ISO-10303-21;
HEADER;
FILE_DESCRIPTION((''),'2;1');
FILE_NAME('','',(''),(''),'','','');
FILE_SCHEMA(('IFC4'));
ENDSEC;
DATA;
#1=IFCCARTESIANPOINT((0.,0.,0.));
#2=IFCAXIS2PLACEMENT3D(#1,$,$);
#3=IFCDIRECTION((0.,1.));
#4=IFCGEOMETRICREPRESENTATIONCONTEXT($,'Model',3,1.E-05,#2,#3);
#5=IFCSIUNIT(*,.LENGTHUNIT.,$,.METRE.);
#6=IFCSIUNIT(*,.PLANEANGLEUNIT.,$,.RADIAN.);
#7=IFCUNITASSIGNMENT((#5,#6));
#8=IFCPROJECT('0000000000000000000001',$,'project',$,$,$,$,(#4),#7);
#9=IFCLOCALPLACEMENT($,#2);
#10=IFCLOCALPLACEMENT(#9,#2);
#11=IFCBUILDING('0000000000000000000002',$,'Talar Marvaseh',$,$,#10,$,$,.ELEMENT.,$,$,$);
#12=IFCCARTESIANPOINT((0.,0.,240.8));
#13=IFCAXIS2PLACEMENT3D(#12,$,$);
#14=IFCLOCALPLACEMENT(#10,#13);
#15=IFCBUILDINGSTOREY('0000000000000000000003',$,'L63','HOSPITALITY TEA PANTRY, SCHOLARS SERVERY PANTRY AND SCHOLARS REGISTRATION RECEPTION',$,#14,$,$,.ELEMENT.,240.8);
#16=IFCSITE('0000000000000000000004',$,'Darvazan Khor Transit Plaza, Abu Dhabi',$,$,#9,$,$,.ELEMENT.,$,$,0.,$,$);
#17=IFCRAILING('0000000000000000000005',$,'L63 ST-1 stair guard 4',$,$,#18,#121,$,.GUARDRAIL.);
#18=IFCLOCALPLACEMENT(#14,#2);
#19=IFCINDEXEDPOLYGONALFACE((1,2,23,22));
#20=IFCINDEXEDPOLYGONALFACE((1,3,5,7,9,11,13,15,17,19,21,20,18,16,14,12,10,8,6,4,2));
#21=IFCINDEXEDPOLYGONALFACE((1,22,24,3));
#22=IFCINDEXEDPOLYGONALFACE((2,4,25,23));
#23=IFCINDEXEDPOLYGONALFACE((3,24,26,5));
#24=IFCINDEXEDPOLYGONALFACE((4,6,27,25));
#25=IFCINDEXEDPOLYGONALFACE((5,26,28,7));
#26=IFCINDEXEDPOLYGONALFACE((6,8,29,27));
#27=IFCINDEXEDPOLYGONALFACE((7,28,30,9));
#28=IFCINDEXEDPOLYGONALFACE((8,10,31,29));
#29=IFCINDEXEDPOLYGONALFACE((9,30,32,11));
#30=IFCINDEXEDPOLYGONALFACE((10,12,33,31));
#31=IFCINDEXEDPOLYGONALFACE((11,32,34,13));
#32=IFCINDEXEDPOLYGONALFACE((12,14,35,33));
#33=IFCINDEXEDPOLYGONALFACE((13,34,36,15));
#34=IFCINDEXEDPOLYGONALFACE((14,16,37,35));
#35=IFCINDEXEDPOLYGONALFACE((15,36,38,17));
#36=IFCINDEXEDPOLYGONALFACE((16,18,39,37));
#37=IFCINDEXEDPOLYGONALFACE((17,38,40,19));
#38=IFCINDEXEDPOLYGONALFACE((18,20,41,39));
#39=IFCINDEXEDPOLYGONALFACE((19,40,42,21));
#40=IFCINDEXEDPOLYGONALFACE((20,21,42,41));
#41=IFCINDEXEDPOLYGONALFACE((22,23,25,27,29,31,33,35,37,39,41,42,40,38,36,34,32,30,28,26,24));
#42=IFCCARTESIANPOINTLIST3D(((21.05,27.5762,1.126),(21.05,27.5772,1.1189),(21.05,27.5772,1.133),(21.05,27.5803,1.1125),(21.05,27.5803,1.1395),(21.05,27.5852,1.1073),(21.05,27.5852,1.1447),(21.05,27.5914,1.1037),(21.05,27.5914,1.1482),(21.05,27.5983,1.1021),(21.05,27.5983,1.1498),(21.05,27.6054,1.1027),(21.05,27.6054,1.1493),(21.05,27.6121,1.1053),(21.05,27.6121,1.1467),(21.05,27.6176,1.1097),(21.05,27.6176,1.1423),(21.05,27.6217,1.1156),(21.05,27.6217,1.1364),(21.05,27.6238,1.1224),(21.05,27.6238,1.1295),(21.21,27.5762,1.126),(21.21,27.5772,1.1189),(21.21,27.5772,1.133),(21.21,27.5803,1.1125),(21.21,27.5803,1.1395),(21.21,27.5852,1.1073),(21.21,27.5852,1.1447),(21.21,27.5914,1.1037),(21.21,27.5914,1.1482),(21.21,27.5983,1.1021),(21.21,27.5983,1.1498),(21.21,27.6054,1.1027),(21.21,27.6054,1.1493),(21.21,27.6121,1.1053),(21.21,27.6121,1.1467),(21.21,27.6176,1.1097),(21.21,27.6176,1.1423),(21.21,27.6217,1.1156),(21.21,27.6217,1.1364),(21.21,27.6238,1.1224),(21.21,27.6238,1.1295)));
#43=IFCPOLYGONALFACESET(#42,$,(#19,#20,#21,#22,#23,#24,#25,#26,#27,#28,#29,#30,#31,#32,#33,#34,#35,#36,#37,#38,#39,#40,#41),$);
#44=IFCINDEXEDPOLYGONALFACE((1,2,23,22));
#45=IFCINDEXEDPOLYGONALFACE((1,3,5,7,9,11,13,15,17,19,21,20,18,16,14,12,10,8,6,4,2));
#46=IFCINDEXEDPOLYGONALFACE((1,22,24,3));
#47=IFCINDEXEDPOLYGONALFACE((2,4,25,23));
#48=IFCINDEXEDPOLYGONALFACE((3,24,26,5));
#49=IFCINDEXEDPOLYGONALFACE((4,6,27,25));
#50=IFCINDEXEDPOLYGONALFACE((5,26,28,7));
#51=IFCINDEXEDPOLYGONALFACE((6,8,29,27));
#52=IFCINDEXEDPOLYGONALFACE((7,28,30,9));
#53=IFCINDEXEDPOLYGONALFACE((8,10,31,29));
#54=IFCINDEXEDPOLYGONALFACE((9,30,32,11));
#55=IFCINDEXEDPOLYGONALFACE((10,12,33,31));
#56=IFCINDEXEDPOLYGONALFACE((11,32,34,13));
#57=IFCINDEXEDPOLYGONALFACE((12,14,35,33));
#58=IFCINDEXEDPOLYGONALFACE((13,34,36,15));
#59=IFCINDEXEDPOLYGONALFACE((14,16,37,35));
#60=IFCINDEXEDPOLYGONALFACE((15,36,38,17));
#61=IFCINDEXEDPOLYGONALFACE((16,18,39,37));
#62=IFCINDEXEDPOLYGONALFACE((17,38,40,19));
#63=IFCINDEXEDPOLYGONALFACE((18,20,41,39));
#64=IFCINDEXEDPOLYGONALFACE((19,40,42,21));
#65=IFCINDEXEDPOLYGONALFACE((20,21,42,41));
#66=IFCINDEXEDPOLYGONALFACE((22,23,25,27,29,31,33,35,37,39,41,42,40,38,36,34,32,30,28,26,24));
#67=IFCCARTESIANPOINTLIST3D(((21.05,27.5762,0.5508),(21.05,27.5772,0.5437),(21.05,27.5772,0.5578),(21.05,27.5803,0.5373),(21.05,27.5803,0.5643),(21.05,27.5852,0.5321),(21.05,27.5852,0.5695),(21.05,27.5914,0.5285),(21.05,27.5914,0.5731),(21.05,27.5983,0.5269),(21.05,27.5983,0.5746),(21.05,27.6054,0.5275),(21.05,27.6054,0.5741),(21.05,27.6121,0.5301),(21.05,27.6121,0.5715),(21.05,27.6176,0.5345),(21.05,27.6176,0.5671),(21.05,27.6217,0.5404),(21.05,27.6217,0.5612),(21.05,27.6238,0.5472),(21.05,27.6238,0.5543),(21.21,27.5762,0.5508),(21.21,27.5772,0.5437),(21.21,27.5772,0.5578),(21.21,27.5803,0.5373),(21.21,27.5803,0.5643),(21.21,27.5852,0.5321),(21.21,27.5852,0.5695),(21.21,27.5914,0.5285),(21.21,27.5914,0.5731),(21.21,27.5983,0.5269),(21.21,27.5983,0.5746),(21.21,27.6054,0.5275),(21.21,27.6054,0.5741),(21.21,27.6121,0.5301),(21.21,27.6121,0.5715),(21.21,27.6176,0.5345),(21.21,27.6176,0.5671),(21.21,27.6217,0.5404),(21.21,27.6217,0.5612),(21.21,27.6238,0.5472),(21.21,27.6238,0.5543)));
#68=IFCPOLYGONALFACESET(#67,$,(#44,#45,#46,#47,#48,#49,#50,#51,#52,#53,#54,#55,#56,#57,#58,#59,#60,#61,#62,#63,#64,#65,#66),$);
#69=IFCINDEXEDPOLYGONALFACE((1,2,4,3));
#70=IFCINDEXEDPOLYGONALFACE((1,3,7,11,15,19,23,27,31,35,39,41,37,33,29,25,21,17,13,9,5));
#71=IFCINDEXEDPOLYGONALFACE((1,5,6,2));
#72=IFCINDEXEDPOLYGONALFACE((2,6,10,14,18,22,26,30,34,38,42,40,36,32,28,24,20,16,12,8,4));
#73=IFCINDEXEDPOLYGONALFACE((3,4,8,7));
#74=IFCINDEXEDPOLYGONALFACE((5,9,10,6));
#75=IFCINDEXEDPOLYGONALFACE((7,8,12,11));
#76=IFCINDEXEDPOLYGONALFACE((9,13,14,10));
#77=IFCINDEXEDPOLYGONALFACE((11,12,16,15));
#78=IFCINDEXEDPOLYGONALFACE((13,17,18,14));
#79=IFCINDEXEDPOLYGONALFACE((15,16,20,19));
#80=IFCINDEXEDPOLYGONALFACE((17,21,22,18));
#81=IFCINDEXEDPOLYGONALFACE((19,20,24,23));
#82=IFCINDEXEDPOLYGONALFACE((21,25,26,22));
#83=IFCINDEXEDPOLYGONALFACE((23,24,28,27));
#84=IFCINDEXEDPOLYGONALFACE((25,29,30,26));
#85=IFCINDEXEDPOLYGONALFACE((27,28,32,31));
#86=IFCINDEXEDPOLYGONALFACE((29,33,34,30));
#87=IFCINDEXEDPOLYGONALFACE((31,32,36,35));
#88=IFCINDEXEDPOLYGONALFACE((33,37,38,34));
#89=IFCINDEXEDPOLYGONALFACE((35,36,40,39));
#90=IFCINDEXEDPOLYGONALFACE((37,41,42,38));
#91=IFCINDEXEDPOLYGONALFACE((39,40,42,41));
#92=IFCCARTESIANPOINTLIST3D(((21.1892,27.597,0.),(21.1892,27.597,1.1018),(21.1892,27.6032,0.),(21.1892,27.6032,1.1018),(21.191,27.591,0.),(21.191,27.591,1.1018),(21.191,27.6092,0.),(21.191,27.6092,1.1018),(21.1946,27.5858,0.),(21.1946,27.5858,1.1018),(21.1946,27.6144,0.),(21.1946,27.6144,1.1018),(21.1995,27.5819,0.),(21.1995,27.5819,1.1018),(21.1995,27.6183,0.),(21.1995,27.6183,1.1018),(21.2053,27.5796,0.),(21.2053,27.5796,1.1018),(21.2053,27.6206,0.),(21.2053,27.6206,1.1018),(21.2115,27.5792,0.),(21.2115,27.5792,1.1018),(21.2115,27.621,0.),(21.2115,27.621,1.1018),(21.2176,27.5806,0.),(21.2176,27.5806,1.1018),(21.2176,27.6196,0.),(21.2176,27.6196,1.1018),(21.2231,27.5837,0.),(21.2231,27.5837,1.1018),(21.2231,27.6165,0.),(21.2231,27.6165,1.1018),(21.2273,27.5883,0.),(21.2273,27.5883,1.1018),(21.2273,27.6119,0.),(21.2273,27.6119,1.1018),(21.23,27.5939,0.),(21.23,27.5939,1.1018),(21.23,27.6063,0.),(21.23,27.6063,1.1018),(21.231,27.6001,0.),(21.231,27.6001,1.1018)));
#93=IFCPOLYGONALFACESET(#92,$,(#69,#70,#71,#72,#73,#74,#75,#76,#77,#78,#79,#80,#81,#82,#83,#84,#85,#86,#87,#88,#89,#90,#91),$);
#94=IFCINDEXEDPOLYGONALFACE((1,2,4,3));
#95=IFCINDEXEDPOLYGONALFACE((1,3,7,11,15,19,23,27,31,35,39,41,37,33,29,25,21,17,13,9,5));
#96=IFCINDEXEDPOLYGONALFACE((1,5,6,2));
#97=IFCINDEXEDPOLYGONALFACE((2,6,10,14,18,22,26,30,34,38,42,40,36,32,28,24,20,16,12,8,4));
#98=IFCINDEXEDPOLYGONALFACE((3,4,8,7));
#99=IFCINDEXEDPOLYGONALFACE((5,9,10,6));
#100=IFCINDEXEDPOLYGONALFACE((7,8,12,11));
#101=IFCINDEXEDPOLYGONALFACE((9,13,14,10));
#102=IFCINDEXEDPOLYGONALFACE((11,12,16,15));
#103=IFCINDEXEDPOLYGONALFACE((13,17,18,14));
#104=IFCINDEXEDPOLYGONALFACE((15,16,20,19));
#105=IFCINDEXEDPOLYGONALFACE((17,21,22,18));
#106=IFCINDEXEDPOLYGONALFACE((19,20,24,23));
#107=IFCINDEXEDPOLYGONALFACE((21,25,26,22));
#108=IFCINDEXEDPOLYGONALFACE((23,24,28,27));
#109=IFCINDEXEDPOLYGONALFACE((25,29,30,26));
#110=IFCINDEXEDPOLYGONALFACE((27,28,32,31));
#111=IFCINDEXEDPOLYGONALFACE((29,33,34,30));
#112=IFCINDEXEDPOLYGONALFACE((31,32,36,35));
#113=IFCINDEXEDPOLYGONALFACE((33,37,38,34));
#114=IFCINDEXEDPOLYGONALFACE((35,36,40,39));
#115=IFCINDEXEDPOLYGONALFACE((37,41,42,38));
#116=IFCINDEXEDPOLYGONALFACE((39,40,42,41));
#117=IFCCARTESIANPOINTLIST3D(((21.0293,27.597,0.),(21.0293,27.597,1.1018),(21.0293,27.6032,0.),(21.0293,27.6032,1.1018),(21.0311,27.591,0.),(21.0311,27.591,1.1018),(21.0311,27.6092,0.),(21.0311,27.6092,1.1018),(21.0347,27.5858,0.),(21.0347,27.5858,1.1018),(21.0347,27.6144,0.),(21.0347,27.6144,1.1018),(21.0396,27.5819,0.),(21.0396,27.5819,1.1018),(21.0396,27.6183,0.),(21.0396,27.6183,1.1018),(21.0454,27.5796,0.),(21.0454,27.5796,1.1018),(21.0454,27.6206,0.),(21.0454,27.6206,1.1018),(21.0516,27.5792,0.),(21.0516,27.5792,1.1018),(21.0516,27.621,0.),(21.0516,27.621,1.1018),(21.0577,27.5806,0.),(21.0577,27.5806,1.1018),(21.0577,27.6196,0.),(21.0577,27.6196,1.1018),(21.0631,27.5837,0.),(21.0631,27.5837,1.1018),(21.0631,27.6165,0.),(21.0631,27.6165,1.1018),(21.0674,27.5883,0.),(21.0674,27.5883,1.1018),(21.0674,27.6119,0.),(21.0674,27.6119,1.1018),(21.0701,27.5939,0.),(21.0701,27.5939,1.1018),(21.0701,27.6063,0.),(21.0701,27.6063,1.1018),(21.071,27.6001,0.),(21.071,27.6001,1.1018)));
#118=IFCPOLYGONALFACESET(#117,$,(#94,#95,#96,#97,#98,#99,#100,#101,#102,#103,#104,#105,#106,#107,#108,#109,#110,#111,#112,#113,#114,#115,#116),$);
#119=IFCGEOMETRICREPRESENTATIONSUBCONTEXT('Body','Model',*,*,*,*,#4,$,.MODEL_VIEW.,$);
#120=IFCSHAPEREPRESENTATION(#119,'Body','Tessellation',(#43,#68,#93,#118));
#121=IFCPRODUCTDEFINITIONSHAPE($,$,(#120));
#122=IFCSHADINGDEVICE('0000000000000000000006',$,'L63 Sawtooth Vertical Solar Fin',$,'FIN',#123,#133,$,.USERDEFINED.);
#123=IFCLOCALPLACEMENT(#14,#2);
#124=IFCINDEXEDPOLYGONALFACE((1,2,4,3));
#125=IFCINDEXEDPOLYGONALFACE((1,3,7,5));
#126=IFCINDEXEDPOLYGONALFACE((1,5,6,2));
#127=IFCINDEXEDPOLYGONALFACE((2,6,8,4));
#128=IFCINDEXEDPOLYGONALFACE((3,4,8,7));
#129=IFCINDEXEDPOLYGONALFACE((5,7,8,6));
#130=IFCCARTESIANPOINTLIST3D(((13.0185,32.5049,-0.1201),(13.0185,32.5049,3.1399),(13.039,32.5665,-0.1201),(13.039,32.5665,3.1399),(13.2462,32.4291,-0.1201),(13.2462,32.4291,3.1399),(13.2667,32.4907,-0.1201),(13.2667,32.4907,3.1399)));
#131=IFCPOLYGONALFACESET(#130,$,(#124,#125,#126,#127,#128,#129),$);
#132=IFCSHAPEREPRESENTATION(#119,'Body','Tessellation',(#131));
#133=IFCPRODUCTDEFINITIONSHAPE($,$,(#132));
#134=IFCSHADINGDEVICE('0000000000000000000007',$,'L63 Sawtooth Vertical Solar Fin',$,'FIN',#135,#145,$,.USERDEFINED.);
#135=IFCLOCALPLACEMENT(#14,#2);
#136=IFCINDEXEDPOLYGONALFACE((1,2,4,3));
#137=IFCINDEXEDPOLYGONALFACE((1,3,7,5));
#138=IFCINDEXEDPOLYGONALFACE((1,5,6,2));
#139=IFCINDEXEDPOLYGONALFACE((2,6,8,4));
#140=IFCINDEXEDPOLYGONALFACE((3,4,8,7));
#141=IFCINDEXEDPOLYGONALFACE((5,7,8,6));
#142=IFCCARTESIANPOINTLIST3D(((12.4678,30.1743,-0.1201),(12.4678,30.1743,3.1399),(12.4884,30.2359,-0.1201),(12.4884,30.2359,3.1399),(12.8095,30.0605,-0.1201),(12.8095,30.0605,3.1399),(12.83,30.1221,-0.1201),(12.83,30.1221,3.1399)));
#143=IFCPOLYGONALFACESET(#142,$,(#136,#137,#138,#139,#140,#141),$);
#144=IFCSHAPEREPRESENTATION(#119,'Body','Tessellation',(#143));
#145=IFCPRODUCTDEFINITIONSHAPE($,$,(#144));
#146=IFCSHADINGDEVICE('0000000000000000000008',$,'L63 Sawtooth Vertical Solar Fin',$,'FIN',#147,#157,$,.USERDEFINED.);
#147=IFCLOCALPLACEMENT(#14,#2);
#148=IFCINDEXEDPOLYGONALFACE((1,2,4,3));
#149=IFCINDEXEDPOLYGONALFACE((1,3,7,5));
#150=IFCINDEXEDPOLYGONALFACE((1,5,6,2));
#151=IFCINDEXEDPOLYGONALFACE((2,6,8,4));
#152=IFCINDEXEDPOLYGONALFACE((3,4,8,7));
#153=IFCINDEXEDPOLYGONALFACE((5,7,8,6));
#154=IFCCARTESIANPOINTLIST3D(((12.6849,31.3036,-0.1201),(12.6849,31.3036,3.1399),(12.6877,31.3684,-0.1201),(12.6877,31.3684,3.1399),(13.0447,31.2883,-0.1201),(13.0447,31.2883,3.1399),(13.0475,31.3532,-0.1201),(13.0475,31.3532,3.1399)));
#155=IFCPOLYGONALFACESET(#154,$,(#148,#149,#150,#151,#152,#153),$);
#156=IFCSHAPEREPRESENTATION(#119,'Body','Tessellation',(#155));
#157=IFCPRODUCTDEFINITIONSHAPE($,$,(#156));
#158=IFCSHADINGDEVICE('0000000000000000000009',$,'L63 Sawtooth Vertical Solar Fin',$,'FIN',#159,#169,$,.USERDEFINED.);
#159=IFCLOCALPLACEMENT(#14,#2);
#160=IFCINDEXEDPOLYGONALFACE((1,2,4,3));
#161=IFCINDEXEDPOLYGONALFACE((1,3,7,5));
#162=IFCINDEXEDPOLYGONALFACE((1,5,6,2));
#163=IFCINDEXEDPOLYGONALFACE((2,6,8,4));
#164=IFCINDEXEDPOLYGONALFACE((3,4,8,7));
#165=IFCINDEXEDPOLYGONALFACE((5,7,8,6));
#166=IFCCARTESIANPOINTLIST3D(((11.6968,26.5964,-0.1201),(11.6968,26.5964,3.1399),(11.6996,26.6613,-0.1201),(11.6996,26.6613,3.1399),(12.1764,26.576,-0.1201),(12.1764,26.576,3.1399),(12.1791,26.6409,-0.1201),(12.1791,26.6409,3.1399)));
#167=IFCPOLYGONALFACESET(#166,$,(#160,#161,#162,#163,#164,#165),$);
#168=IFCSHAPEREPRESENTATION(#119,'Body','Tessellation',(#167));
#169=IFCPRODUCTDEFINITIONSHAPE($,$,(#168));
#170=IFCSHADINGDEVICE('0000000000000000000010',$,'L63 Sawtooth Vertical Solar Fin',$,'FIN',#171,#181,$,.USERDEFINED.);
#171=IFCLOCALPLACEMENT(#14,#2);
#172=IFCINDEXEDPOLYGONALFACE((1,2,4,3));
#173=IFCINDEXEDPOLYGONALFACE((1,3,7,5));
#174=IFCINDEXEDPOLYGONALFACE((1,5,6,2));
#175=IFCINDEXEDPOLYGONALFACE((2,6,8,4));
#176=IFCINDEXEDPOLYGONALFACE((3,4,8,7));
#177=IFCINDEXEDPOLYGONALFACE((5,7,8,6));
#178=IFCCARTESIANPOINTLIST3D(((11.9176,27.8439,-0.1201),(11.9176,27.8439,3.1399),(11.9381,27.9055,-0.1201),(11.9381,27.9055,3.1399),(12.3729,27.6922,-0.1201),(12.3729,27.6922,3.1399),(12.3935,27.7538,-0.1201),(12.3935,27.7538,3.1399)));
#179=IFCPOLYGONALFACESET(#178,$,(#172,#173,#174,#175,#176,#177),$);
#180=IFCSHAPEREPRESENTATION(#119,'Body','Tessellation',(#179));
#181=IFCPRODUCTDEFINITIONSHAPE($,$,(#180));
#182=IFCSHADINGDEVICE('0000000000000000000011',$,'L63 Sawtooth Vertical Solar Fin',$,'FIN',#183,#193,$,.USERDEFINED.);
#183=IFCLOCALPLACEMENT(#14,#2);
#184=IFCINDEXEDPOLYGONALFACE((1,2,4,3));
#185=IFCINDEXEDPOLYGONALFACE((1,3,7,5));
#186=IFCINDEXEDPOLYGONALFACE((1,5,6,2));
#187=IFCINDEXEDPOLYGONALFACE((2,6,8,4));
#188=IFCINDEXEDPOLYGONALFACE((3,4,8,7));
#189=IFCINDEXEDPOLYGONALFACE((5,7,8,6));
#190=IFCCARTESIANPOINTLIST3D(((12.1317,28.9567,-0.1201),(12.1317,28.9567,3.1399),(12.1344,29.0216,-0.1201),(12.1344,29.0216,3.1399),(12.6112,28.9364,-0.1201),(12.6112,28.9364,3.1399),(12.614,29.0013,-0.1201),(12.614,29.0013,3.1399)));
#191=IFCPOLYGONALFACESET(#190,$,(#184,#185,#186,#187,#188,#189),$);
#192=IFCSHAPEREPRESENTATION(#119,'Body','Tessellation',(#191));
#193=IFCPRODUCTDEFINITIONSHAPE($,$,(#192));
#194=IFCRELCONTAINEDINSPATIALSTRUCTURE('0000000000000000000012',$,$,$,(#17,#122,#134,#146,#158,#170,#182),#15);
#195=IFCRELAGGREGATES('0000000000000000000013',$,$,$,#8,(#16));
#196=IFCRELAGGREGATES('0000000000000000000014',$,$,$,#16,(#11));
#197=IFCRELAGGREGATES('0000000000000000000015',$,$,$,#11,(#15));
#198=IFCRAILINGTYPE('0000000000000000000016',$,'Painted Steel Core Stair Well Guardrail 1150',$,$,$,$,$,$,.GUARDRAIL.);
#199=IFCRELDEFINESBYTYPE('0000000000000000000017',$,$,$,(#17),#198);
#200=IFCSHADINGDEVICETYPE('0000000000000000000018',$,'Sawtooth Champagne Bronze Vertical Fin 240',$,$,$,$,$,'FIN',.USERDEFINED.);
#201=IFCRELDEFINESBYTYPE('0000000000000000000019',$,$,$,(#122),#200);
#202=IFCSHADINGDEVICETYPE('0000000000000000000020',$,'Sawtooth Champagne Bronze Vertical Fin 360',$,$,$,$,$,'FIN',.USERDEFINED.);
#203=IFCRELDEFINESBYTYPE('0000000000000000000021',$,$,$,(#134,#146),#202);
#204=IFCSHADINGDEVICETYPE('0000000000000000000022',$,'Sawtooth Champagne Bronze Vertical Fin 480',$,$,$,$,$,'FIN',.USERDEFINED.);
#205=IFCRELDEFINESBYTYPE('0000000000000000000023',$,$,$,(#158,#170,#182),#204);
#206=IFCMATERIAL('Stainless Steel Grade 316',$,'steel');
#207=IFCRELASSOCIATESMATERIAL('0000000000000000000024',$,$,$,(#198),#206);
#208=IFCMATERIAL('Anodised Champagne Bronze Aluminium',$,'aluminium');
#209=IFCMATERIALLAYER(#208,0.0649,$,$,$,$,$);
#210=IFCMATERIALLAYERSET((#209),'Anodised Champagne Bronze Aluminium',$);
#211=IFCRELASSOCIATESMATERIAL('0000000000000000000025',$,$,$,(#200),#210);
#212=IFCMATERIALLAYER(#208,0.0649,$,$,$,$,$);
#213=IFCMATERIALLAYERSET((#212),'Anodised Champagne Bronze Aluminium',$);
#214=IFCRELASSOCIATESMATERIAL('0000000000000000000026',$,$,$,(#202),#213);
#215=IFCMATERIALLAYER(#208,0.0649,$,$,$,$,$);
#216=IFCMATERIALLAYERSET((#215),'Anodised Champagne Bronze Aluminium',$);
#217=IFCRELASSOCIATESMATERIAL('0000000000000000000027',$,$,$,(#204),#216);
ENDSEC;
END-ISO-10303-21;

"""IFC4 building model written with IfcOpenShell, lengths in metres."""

from ifc_helpers import new_model, si_unit, direction, frame, origin, origin_2d, place, context, subcontext, project, spatial, rectangle, circle, extrude, source, transform, mapped, material, layer, layer_set, type_object, type_shapes, element, save


model = new_model("IFC4")

# Units and contexts
model_context = context("Model", 3, precision=1e-05, world=origin(), true_north=direction((0.0, 1.0)))
body_context = subcontext(model_context, "Body", "Model", "MODEL_VIEW")
ifc_project = project(units=[si_unit("LENGTHUNIT", "METRE"), si_unit("PLANEANGLEUNIT", "RADIAN")], contexts=[model_context])

# Site, building, storey
site_placement = place(None, origin())
site = spatial("IfcSite", under=ifc_project, at=site_placement, Name="Darvazan Khor Transit Plaza, Abu Dhabi", CompositionType="ELEMENT", RefElevation=0.0)
building_placement = place(site_placement, origin())
building = spatial("IfcBuilding", under=site, at=building_placement, Name="Talar Marvaseh", CompositionType="ELEMENT")
storey_placement = place(building_placement, frame((0.0, 0.0, 240.8)))
storey = spatial("IfcBuildingStorey", under=building, at=storey_placement, Name="L63", Description="HOSPITALITY TEA PANTRY, SCHOLARS SERVERY PANTRY AND SCHOLARS REGISTRATION RECEPTION", CompositionType="ELEMENT", Elevation=240.8)

# Railing
ifc_material_1 = material(Name="Stainless Steel Grade 316", Category="steel")
railing_type_1 = type_object("IfcRailingType", Name="Painted Steel Core Stair Well Guardrail 1150", PredefinedType="GUARDRAIL", material=ifc_material_1)
railing_1_placement = place(storey_placement, frame((21.21, 27.6001, 0.0)))
element("IfcRailing", 1, at=railing_1_placement, inside=storey, type_object=railing_type_1, Name="L63 ST-1 stair guard 4", PredefinedType="GUARDRAIL", context=body_context, shape_type="SweptSolid", body=[
    extrude(circle(Radius=0.0239, at=origin_2d()), frame((0.0, 0.0, 1.126), z_axis=(-1.0, 0.0, 0.0), x_axis=(0.0, -1.0, 0.0)), (0.0, 0.0, 1.0), 0.1599),
    extrude(circle(Radius=0.0239, at=origin_2d()), frame((0.0, 0.0, 0.5508), z_axis=(-1.0, 0.0, 0.0), x_axis=(0.0, -1.0, 0.0)), (0.0, 0.0, 1.0), 0.1599),
    extrude(circle(Radius=0.021, at=origin_2d()), origin(), (0.0, 0.0, 1.0), 1.1018),
    extrude(circle(Radius=0.021, at=origin_2d()), frame((-0.1599, 0.0, 0.0)), (0.0, 0.0, 1.0), 1.1018),
])

# Shading devices
ifc_material_2 = material(Name="Anodised Champagne Bronze Aluminium", Category="aluminium")
ifc_layer_1 = layer(ifc_material_2, 0.0649)
ifc_layer_set_1 = layer_set([ifc_layer_1], Name="Anodised Champagne Bronze Aluminium")
shading_device_type_1 = type_object("IfcShadingDeviceType", Name="Sawtooth Champagne Bronze Vertical Fin 240", ElementType="FIN", PredefinedType="USERDEFINED", material=ifc_layer_set_1)
shared_shape_1 = source(origin(), body_context, "Body", "SweptSolid", [
    extrude(rectangle(XDim=0.24, YDim=0.0649, at=origin_2d()), origin(), (0.0, 0.0, 1.0), 3.26),
])
type_shapes(shading_device_type_1, [shared_shape_1])
shading_device_placement = place(storey_placement, frame((13.1426, 32.4978, -0.1201), z_axis=(0.0, 0.0, 1.0), x_axis=(-0.948711, 0.316146, 0.0)))
element("IfcShadingDevice", 2, at=shading_device_placement, inside=storey, type_object=shading_device_type_1, Name="L63 Sawtooth Vertical Solar Fin", ObjectType="FIN", PredefinedType="USERDEFINED", context=body_context, shape_type="MappedRepresentation", body=[
    mapped(shared_shape_1, transform((0.0, 0.0, 0.0), x_axis=(1.0, 0.0, 0.0), y_axis=(0.0, 1.0, 0.0), z_axis=(0.0, 0.0, 1.0), scale=1.0)),
])
ifc_layer_2 = layer(ifc_material_2, 0.0649)
ifc_layer_set_2 = layer_set([ifc_layer_2], Name="Anodised Champagne Bronze Aluminium")
shading_device_type_2 = type_object("IfcShadingDeviceType", Name="Sawtooth Champagne Bronze Vertical Fin 360", ElementType="FIN", PredefinedType="USERDEFINED", material=ifc_layer_set_2)
shared_shape_2 = source(origin(), body_context, "Body", "SweptSolid", [
    extrude(rectangle(XDim=0.3601, YDim=0.0649, at=origin_2d()), origin(), (0.0, 0.0, 1.0), 3.26),
])
type_shapes(shading_device_type_2, [shared_shape_2])
for number, where, z_axis, x_axis, name in (
    (3, (12.6489, 30.1482, -0.1201), (0.0, 0.0, 1.0), (-0.948711, 0.316146, 0.0), "L63 Sawtooth Vertical Solar Fin"),
    (4, (12.8662, 31.3284, -0.1201), (0.0, 0.0, 1.0), (-0.999101, 0.042399, 0.0), "L63 Sawtooth Vertical Solar Fin"),
):
    element("IfcShadingDevice", number, at=place(storey_placement, frame(where, z_axis=z_axis, x_axis=x_axis)), inside=storey, type_object=shading_device_type_2, Name=name, ObjectType="FIN", PredefinedType="USERDEFINED", context=body_context, shape_type="MappedRepresentation", body=[
        mapped(shared_shape_2, transform((0.0, 0.0, 0.0), x_axis=(1.0, 0.0, 0.0), y_axis=(0.0, 1.0, 0.0), z_axis=(0.0, 0.0, 1.0), scale=1.0)),
    ])
ifc_layer_3 = layer(ifc_material_2, 0.0649)
ifc_layer_set_3 = layer_set([ifc_layer_3], Name="Anodised Champagne Bronze Aluminium")
shading_device_type_3 = type_object("IfcShadingDeviceType", Name="Sawtooth Champagne Bronze Vertical Fin 480", ElementType="FIN", PredefinedType="USERDEFINED", material=ifc_layer_set_3)
shared_shape_3 = source(origin(), body_context, "Body", "SweptSolid", [
    extrude(rectangle(XDim=0.48, YDim=0.0649, at=origin_2d()), origin(), (0.0, 0.0, 1.0), 3.26),
])
type_shapes(shading_device_type_3, [shared_shape_3])
for number, where, z_axis, x_axis, name in (
    (5, (11.938, 26.6187, -0.1201), (0.0, 0.0, 1.0), (-0.999101, 0.042399, 0.0), "L63 Sawtooth Vertical Solar Fin"),
    (6, (12.1555, 27.7988, -0.1201), (0.0, 0.0, 1.0), (-0.948711, 0.316146, 0.0), "L63 Sawtooth Vertical Solar Fin"),
    (7, (12.3728, 28.979, -0.1201), (0.0, 0.0, 1.0), (-0.999101, 0.042399, 0.0), "L63 Sawtooth Vertical Solar Fin"),
):
    element("IfcShadingDevice", number, at=place(storey_placement, frame(where, z_axis=z_axis, x_axis=x_axis)), inside=storey, type_object=shading_device_type_3, Name=name, ObjectType="FIN", PredefinedType="USERDEFINED", context=body_context, shape_type="MappedRepresentation", body=[
        mapped(shared_shape_3, transform((0.0, 0.0, 0.0), x_axis=(1.0, 0.0, 0.0), y_axis=(0.0, 1.0, 0.0), z_axis=(0.0, 0.0, 1.0), scale=1.0)),
    ])

save(model, "model.ifc")
